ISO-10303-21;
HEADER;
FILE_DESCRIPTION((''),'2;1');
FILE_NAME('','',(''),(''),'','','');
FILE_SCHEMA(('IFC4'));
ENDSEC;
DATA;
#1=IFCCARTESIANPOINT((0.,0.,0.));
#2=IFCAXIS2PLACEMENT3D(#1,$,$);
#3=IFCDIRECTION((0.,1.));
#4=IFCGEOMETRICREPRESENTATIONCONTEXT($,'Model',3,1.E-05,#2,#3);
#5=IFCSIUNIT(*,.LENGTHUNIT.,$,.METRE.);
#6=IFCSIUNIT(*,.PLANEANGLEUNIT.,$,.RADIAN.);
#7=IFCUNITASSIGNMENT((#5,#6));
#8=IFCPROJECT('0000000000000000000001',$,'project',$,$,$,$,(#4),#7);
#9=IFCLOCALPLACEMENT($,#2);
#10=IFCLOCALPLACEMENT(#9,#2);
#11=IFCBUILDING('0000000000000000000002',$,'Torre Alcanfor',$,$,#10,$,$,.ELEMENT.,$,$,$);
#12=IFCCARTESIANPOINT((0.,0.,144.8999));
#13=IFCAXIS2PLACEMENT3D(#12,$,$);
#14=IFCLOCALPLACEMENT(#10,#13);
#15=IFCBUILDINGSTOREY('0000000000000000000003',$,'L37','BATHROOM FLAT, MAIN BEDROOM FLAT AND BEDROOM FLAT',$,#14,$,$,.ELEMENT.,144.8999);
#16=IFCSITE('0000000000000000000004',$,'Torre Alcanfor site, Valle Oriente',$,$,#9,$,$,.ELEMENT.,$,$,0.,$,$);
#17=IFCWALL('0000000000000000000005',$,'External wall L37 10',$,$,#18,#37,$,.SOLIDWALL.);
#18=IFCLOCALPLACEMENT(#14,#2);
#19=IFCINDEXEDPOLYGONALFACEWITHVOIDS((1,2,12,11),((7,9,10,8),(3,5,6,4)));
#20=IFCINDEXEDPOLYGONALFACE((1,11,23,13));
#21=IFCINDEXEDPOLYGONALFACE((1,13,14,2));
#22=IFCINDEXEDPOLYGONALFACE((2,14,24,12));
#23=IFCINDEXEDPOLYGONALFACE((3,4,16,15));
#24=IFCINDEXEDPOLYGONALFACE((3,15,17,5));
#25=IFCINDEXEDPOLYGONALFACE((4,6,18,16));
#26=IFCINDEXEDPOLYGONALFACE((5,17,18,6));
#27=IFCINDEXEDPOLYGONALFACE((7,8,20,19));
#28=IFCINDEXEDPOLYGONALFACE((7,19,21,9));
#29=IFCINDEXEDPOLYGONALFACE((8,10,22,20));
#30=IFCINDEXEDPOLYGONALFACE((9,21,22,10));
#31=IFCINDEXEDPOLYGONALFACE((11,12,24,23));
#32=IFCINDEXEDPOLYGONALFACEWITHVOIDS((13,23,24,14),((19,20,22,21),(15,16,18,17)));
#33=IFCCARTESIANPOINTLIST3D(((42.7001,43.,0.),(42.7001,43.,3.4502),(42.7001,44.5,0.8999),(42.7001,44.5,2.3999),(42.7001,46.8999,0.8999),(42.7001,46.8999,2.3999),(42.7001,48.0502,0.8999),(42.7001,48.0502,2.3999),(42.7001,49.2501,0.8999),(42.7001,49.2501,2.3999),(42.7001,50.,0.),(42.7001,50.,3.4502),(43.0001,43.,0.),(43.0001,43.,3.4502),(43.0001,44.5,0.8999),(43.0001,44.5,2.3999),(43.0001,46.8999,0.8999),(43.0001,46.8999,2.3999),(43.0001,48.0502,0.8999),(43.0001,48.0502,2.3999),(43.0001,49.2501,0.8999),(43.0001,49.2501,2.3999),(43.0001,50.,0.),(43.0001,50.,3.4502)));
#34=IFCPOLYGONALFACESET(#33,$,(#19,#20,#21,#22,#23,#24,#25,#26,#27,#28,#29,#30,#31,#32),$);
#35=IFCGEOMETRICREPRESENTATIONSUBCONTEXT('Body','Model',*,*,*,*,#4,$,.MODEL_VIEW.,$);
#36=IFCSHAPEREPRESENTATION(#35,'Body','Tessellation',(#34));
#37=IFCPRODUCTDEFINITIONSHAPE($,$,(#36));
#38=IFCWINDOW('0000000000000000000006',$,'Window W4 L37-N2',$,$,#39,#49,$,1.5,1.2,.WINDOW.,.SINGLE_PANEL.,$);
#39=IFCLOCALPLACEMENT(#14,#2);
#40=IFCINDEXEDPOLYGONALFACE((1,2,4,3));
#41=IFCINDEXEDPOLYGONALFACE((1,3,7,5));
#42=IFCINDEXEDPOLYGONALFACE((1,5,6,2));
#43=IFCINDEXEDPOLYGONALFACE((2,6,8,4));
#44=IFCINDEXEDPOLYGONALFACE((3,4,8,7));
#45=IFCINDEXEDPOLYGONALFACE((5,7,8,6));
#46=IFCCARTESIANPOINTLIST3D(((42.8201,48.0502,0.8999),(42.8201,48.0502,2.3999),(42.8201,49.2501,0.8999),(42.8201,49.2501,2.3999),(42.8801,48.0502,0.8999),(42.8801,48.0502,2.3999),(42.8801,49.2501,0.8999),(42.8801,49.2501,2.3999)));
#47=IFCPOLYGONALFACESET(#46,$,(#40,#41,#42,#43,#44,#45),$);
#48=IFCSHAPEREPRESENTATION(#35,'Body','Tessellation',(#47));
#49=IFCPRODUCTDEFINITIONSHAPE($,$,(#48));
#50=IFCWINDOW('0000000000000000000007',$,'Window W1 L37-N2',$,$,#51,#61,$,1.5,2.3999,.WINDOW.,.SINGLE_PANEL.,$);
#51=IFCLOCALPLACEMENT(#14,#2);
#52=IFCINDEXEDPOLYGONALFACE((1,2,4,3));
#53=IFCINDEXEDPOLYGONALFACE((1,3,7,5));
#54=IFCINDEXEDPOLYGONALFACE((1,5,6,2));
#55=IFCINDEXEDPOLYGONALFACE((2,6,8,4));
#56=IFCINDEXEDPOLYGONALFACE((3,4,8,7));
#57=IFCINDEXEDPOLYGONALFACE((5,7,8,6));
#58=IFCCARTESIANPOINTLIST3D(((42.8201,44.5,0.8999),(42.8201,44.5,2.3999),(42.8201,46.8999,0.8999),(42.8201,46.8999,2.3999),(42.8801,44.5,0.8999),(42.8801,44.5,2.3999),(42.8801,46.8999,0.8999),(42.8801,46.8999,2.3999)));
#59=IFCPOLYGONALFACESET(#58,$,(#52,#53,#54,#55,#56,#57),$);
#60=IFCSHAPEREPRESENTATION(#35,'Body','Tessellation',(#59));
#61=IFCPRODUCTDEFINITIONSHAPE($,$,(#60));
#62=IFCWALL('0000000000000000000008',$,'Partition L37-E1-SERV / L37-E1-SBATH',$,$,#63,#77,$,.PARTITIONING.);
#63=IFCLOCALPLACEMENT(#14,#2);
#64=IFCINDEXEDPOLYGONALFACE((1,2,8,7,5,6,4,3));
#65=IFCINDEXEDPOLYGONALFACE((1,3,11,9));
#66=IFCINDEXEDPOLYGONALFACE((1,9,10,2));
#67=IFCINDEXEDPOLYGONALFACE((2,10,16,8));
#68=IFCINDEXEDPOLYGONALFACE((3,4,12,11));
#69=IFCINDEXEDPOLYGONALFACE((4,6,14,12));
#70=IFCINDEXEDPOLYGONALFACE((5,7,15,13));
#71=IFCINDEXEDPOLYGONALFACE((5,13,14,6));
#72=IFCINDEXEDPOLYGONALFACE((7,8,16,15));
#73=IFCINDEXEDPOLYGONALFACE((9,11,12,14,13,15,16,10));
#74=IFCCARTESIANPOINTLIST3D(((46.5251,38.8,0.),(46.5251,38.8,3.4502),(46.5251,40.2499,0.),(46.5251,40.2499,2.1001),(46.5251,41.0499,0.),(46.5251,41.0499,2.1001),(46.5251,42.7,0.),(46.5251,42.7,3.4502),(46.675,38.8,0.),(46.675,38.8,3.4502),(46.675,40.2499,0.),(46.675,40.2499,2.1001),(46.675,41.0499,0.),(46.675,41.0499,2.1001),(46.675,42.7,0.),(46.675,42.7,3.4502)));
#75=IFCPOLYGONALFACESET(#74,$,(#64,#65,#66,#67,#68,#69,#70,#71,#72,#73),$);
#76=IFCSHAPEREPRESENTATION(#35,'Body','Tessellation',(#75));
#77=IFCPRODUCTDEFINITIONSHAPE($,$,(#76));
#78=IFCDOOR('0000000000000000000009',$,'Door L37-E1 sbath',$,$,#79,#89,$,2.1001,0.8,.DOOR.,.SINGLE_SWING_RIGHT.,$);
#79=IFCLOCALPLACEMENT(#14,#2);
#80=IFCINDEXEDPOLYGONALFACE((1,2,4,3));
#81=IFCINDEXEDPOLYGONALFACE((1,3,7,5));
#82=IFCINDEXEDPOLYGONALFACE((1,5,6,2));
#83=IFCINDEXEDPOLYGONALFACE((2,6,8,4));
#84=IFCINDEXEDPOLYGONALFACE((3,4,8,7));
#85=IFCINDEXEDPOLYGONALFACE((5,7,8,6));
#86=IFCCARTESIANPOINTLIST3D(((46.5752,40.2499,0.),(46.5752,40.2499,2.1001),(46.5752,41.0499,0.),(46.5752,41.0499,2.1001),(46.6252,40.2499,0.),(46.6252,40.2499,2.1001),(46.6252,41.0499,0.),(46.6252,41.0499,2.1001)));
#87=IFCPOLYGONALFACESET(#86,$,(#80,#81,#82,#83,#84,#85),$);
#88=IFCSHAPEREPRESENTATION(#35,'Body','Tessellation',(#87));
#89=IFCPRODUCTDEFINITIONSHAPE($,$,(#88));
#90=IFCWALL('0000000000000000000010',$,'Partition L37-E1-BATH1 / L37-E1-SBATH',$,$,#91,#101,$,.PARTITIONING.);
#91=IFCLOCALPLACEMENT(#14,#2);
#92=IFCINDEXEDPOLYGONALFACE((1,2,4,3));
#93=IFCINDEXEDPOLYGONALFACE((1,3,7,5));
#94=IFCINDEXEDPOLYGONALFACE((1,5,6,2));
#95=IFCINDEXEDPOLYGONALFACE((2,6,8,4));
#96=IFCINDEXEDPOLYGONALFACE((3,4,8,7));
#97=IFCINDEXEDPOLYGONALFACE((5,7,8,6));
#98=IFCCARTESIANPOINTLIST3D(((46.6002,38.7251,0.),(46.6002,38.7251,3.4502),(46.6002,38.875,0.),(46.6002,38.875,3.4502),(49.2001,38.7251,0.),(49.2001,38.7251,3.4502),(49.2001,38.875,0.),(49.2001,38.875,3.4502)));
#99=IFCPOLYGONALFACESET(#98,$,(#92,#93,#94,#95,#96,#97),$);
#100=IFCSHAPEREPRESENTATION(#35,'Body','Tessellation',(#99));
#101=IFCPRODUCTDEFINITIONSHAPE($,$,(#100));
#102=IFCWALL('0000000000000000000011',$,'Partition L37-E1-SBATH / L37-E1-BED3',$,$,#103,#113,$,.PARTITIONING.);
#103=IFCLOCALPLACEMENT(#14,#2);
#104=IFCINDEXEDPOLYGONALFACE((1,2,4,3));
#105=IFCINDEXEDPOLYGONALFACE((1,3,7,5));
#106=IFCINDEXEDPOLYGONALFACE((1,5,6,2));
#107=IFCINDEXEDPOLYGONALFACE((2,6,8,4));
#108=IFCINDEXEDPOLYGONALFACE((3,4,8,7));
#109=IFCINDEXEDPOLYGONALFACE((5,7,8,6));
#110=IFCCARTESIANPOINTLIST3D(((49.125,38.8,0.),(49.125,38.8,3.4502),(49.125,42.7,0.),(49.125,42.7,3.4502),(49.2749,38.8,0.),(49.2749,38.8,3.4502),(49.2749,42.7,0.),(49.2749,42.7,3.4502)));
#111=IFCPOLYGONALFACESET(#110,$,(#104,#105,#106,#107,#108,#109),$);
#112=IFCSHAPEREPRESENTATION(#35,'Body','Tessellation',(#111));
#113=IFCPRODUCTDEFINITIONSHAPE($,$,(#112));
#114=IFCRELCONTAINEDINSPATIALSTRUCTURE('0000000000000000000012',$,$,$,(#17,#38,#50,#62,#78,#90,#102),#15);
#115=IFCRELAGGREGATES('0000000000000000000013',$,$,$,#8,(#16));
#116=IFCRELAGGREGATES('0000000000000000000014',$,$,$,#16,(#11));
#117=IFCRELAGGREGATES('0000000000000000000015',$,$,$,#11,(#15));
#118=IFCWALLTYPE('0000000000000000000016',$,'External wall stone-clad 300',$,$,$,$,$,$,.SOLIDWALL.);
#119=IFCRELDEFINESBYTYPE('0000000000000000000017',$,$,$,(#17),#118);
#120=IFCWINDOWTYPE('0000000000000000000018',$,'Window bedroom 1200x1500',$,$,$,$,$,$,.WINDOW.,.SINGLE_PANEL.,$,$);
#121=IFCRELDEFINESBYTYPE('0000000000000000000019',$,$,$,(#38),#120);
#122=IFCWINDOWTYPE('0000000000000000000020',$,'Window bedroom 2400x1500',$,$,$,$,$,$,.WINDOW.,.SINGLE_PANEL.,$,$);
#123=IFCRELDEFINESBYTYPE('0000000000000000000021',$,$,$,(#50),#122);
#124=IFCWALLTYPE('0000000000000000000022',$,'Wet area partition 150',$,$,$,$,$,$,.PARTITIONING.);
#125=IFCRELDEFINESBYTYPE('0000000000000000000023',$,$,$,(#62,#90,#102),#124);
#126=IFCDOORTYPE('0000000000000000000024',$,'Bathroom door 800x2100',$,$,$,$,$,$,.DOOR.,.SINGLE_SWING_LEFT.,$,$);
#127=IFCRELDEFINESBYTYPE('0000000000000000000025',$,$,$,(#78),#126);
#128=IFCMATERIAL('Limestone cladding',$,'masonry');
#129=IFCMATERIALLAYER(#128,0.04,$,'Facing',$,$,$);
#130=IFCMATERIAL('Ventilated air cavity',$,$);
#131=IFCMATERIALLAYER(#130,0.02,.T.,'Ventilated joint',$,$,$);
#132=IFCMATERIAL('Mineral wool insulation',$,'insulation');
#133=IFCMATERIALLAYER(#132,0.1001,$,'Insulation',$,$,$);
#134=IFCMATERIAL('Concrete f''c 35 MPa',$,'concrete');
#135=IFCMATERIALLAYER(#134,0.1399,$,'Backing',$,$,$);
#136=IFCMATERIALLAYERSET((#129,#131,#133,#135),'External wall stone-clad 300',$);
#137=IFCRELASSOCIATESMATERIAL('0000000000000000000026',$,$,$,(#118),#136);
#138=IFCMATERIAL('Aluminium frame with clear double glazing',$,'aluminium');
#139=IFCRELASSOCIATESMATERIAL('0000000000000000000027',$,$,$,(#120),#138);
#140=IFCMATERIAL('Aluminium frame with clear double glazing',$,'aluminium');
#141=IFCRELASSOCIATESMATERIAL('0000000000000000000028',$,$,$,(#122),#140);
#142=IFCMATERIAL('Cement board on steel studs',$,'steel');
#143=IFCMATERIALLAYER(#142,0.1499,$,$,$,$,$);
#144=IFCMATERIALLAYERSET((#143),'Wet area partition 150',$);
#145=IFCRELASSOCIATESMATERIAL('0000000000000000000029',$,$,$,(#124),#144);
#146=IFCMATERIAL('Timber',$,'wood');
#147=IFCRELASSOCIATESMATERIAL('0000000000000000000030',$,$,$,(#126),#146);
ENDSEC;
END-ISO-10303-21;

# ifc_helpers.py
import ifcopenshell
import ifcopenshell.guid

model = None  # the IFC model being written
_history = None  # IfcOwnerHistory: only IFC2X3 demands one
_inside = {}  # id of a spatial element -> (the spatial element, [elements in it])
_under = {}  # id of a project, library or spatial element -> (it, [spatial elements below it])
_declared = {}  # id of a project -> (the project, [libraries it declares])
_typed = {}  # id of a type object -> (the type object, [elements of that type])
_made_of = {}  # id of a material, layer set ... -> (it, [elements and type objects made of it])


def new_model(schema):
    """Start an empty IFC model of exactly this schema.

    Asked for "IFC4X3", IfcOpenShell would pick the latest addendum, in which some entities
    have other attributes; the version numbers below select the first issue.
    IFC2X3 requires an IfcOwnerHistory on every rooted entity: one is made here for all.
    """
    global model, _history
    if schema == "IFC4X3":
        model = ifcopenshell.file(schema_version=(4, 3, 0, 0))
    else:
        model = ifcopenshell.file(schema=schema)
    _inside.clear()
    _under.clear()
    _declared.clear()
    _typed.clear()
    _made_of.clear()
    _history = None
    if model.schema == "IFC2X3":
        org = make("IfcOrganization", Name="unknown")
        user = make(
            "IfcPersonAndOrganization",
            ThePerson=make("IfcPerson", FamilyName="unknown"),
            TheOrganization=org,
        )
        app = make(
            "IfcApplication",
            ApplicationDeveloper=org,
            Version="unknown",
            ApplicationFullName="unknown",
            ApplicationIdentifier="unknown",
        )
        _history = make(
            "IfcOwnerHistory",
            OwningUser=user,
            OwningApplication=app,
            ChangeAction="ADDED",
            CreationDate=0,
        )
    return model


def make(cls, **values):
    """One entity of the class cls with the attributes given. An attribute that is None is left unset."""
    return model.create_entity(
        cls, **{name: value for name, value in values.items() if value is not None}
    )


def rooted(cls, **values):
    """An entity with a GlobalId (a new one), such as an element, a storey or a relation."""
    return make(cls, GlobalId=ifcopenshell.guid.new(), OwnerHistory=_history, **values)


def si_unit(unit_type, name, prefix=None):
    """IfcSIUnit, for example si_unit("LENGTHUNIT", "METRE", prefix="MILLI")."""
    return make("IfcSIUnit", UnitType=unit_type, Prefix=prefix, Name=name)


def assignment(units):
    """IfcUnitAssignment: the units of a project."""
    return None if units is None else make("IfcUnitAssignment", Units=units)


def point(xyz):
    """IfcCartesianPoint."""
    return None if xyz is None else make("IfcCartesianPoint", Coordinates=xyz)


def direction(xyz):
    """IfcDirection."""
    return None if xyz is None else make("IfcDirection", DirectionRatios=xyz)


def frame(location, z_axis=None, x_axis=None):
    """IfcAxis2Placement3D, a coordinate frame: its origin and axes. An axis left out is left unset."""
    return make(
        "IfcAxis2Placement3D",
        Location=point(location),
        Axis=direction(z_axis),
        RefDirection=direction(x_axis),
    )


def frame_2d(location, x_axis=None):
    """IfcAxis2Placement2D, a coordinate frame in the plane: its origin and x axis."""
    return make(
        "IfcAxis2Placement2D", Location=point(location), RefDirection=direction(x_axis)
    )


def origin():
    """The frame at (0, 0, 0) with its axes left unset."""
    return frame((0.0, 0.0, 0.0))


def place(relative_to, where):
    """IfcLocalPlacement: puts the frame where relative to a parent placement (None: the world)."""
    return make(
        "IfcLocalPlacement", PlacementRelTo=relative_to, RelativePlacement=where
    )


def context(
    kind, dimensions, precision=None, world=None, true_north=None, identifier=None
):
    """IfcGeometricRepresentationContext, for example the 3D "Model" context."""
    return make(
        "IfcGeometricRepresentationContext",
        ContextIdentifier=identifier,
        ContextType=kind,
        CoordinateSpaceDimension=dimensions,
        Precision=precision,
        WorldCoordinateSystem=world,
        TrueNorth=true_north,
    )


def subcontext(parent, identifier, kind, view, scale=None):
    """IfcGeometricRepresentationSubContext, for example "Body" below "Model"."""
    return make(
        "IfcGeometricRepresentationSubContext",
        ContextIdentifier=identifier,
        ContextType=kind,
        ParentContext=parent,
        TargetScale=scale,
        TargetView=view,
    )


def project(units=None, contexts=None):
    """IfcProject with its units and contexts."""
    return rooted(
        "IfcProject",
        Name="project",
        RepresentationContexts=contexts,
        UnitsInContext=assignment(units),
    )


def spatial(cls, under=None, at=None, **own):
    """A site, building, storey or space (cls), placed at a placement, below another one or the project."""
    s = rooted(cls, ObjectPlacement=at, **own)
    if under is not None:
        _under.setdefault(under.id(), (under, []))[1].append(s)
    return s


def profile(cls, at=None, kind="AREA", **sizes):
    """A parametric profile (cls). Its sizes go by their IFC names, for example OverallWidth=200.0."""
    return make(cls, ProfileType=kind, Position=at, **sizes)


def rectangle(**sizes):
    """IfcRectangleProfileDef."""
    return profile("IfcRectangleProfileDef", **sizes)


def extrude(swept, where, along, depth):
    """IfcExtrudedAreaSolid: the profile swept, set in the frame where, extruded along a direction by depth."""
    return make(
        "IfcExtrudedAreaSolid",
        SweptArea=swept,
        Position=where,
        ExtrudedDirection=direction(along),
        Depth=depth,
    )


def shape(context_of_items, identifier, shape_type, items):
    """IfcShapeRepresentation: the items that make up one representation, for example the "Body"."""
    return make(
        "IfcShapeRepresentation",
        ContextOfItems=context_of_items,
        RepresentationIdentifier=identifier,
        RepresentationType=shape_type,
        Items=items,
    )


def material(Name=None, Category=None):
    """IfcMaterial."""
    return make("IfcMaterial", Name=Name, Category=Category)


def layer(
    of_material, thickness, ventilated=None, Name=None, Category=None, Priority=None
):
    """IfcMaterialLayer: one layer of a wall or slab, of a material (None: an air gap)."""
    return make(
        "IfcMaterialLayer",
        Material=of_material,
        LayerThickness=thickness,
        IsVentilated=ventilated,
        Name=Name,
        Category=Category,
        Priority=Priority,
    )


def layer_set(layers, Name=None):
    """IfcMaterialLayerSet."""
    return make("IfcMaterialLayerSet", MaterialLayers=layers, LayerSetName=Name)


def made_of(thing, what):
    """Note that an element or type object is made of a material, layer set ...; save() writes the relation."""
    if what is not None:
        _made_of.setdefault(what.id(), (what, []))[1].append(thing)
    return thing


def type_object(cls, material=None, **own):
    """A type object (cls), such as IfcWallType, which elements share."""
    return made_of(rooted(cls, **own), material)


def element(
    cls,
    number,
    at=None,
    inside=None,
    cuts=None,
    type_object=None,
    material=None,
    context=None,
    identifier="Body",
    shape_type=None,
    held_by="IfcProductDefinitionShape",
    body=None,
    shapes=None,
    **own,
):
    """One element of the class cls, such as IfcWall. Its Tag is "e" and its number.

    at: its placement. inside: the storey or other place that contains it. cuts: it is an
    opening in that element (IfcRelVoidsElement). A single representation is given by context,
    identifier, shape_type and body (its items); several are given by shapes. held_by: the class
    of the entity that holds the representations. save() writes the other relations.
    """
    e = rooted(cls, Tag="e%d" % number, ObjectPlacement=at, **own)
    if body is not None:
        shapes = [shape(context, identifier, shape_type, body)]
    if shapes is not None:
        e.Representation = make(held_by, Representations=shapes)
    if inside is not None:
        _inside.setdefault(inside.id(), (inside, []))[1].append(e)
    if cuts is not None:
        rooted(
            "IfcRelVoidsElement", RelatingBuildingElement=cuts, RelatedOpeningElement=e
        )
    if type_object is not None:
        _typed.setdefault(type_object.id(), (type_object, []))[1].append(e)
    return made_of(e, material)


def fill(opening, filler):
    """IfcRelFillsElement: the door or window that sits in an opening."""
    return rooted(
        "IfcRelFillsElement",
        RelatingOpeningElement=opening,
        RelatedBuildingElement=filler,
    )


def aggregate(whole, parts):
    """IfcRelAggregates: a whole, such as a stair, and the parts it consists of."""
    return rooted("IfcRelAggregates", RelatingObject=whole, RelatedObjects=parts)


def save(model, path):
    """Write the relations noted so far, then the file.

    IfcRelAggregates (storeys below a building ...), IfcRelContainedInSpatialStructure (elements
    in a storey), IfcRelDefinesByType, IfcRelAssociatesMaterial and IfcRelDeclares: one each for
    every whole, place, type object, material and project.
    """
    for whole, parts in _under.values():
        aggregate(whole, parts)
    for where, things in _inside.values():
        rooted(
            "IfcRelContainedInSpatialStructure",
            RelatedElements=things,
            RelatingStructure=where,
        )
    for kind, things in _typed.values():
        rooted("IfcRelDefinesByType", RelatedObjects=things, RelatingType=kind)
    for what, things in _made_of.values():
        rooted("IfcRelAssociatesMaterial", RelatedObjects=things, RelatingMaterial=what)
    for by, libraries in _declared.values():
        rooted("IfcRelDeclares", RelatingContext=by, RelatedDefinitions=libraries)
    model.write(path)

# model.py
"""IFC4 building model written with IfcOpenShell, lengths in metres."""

from ifc_helpers import new_model, si_unit, direction, frame, frame_2d, origin, place, context, subcontext, project, spatial, rectangle, extrude, material, layer, layer_set, type_object, element, fill, save


model = new_model("IFC4")

# Units and contexts
model_context = context("Model", 3, precision=1e-05, world=origin(), true_north=direction((0.0, 1.0)))
body_context = subcontext(model_context, "Body", "Model", "MODEL_VIEW")
ifc_project = project(units=[si_unit("LENGTHUNIT", "METRE"), si_unit("PLANEANGLEUNIT", "RADIAN")], contexts=[model_context])

# Site, building, storey
site_placement = place(None, origin())
site = spatial("IfcSite", under=ifc_project, at=site_placement, Name="Torre Alcanfor site, Valle Oriente", CompositionType="ELEMENT", RefElevation=0.0)
building_placement = place(site_placement, origin())
building = spatial("IfcBuilding", under=site, at=building_placement, Name="Torre Alcanfor", CompositionType="ELEMENT")
storey_placement = place(building_placement, frame((0.0, 0.0, 144.8999)))
storey = spatial("IfcBuildingStorey", under=building, at=storey_placement, Name="L37", Description="BATHROOM FLAT, MAIN BEDROOM FLAT AND BEDROOM FLAT", CompositionType="ELEMENT", Elevation=144.8999)

# Wall, openings, windows
ifc_material_1 = material(Name="Limestone cladding", Category="masonry")
ifc_layer_1 = layer(ifc_material_1, 0.04, Name="Facing")
ifc_material_2 = material(Name="Ventilated air cavity")
ifc_layer_2 = layer(ifc_material_2, 0.02, ventilated=True, Name="Ventilated joint")
ifc_material_3 = material(Name="Mineral wool insulation", Category="insulation")
ifc_layer_3 = layer(ifc_material_3, 0.1001, Name="Insulation")
ifc_material_4 = material(Name="Concrete f'c 35 MPa", Category="concrete")
ifc_layer_4 = layer(ifc_material_4, 0.1399, Name="Backing")
ifc_layer_set_1 = layer_set([ifc_layer_1, ifc_layer_2, ifc_layer_3, ifc_layer_4], Name="External wall stone-clad 300")
wall_type_1 = type_object("IfcWallType", Name="External wall stone-clad 300", PredefinedType="SOLIDWALL", material=ifc_layer_set_1)
wall_1_placement = place(storey_placement, frame((42.8501, 43.0, 0.0), z_axis=(0.0, 0.0, 1.0), x_axis=(0.0, 1.0, 0.0)))
wall_1 = element("IfcWall", 1, at=wall_1_placement, inside=storey, type_object=wall_type_1, Name="External wall L37 10", PredefinedType="SOLIDWALL", context=body_context, shape_type="SweptSolid", body=[
    extrude(rectangle(XDim=7.0, YDim=0.3, at=frame_2d((3.5, 0.0))), origin(), (0.0, 0.0, 1.0), 3.4502),
])
opening_1_placement = place(wall_1_placement, frame((1.5, 0.0, 0.8999)))
opening_1 = element("IfcOpeningElement", 2, at=opening_1_placement, cuts=wall_1, PredefinedType="OPENING", context=body_context, shape_type="SweptSolid", body=[
    extrude(rectangle(XDim=2.3999, YDim=1.5, at=frame_2d((1.2, 0.75))), frame((0.0, 0.1599, 0.0), z_axis=(0.0, -1.0, 0.0), x_axis=(1.0, 0.0, 0.0)), (0.0, 0.0, 1.0), 0.3201),
])
opening_2_placement = place(wall_1_placement, frame((5.05, 0.0, 0.8999)))
opening_2 = element("IfcOpeningElement", 3, at=opening_2_placement, cuts=wall_1, PredefinedType="OPENING", context=body_context, shape_type="SweptSolid", body=[
    extrude(rectangle(XDim=1.2, YDim=1.5, at=frame_2d((0.6001, 0.75))), frame((0.0, 0.1599, 0.0), z_axis=(0.0, -1.0, 0.0), x_axis=(1.0, 0.0, 0.0)), (0.0, 0.0, 1.0), 0.3201),
])
ifc_material_5 = material(Name="Aluminium frame with clear double glazing", Category="aluminium")
window_type_1 = type_object("IfcWindowType", Name="Window bedroom 1200x1500", PartitioningType="SINGLE_PANEL", PredefinedType="WINDOW", material=ifc_material_5)
window_1_placement = place(opening_2_placement, origin())
window_1 = element("IfcWindow", 4, at=window_1_placement, inside=storey, type_object=window_type_1, Name="Window W4 L37-N2", OverallHeight=1.5, OverallWidth=1.2, PartitioningType="SINGLE_PANEL", PredefinedType="WINDOW", context=body_context, shape_type="SweptSolid", body=[
    extrude(rectangle(XDim=1.2, YDim=1.5, at=frame_2d((0.6001, 0.75))), frame((0.0, 0.03, 0.0), z_axis=(0.0, -1.0, 0.0), x_axis=(1.0, 0.0, 0.0)), (0.0, 0.0, 1.0), 0.0601),
])
fill(opening_2, window_1)
ifc_material_6 = material(Name="Aluminium frame with clear double glazing", Category="aluminium")
window_type_2 = type_object("IfcWindowType", Name="Window bedroom 2400x1500", PartitioningType="SINGLE_PANEL", PredefinedType="WINDOW", material=ifc_material_6)
window_2_placement = place(opening_1_placement, origin())
window_2 = element("IfcWindow", 5, at=window_2_placement, inside=storey, type_object=window_type_2, Name="Window W1 L37-N2", OverallHeight=1.5, OverallWidth=2.3999, PartitioningType="SINGLE_PANEL", PredefinedType="WINDOW", context=body_context, shape_type="SweptSolid", body=[
    extrude(rectangle(XDim=2.3999, YDim=1.5, at=frame_2d((1.2, 0.75))), frame((0.0, 0.03, 0.0), z_axis=(0.0, -1.0, 0.0), x_axis=(1.0, 0.0, 0.0)), (0.0, 0.0, 1.0), 0.0601),
])
fill(opening_1, window_2)

# Wall, opening, door
ifc_material_7 = material(Name="Cement board on steel studs", Category="steel")
ifc_layer_5 = layer(ifc_material_7, 0.1499)
ifc_layer_set_2 = layer_set([ifc_layer_5], Name="Wet area partition 150")
wall_type_2 = type_object("IfcWallType", Name="Wet area partition 150", PredefinedType="PARTITIONING", material=ifc_layer_set_2)
wall_2_placement = place(storey_placement, frame((46.6001, 38.8, 0.0), z_axis=(0.0, 0.0, 1.0), x_axis=(0.0, 1.0, 0.0)))
wall_2 = element("IfcWall", 6, at=wall_2_placement, inside=storey, type_object=wall_type_2, Name="Partition L37-E1-SERV / L37-E1-SBATH", PredefinedType="PARTITIONING", context=body_context, shape_type="SweptSolid", body=[
    extrude(rectangle(XDim=3.8999, YDim=0.1499, at=frame_2d((1.95, 0.0))), origin(), (0.0, 0.0, 1.0), 3.4502),
])
opening_3_placement = place(wall_2_placement, frame((1.45, 0.0, 0.0)))
opening_3 = element("IfcOpeningElement", 7, at=opening_3_placement, cuts=wall_2, PredefinedType="OPENING", context=body_context, shape_type="SweptSolid", body=[
    extrude(rectangle(XDim=0.8, YDim=2.1001, at=frame_2d((0.3999, 1.05))), frame((0.0, 0.085, 0.0), z_axis=(0.0, -1.0, 0.0), x_axis=(1.0, 0.0, 0.0)), (0.0, 0.0, 1.0), 0.1699),
])
ifc_material_8 = material(Name="Timber", Category="wood")
door_type = type_object("IfcDoorType", Name="Bathroom door 800x2100", OperationType="SINGLE_SWING_LEFT", PredefinedType="DOOR", material=ifc_material_8)
door_placement = place(opening_3_placement, frame((0.8, 0.0, 0.0), z_axis=(0.0, 0.0, 1.0), x_axis=(-1.0, 0.0, 0.0)))
door = element("IfcDoor", 8, at=door_placement, inside=storey, type_object=door_type, Name="Door L37-E1 sbath", OperationType="SINGLE_SWING_RIGHT", OverallHeight=2.1001, OverallWidth=0.8, PredefinedType="DOOR", context=body_context, shape_type="SweptSolid", body=[
    extrude(rectangle(XDim=0.8, YDim=2.1001, at=frame_2d((0.4001, 1.05))), frame((0.0, 0.0251, 0.0), z_axis=(0.0, -1.0, 0.0), x_axis=(1.0, 0.0, 0.0)), (0.0, 0.0, 1.0), 0.05),
])
fill(opening_3, door)

# Walls
wall_3_placement = place(storey_placement, frame((49.2, 38.8, 0.0), z_axis=(0.0, 0.0, 1.0), x_axis=(-1.0, 0.0, 0.0)))
element("IfcWall", 9, at=wall_3_placement, inside=storey, type_object=wall_type_2, Name="Partition L37-E1-BATH1 / L37-E1-SBATH", PredefinedType="PARTITIONING", context=body_context, shape_type="SweptSolid", body=[
    extrude(rectangle(XDim=2.5999, YDim=0.1499, at=frame_2d((1.2998, 0.0))), origin(), (0.0, 0.0, 1.0), 3.4502),
])
wall_4_placement = place(storey_placement, frame((49.2, 38.8, 0.0), z_axis=(0.0, 0.0, 1.0), x_axis=(0.0, 1.0, 0.0)))
element("IfcWall", 10, at=wall_4_placement, inside=storey, type_object=wall_type_2, Name="Partition L37-E1-SBATH / L37-E1-BED3", PredefinedType="PARTITIONING", context=body_context, shape_type="SweptSolid", body=[
    extrude(rectangle(XDim=3.8999, YDim=0.1499, at=frame_2d((1.95, 0.0))), origin(), (0.0, 0.0, 1.0), 3.4502),
])

save(model, "model.ifc")
